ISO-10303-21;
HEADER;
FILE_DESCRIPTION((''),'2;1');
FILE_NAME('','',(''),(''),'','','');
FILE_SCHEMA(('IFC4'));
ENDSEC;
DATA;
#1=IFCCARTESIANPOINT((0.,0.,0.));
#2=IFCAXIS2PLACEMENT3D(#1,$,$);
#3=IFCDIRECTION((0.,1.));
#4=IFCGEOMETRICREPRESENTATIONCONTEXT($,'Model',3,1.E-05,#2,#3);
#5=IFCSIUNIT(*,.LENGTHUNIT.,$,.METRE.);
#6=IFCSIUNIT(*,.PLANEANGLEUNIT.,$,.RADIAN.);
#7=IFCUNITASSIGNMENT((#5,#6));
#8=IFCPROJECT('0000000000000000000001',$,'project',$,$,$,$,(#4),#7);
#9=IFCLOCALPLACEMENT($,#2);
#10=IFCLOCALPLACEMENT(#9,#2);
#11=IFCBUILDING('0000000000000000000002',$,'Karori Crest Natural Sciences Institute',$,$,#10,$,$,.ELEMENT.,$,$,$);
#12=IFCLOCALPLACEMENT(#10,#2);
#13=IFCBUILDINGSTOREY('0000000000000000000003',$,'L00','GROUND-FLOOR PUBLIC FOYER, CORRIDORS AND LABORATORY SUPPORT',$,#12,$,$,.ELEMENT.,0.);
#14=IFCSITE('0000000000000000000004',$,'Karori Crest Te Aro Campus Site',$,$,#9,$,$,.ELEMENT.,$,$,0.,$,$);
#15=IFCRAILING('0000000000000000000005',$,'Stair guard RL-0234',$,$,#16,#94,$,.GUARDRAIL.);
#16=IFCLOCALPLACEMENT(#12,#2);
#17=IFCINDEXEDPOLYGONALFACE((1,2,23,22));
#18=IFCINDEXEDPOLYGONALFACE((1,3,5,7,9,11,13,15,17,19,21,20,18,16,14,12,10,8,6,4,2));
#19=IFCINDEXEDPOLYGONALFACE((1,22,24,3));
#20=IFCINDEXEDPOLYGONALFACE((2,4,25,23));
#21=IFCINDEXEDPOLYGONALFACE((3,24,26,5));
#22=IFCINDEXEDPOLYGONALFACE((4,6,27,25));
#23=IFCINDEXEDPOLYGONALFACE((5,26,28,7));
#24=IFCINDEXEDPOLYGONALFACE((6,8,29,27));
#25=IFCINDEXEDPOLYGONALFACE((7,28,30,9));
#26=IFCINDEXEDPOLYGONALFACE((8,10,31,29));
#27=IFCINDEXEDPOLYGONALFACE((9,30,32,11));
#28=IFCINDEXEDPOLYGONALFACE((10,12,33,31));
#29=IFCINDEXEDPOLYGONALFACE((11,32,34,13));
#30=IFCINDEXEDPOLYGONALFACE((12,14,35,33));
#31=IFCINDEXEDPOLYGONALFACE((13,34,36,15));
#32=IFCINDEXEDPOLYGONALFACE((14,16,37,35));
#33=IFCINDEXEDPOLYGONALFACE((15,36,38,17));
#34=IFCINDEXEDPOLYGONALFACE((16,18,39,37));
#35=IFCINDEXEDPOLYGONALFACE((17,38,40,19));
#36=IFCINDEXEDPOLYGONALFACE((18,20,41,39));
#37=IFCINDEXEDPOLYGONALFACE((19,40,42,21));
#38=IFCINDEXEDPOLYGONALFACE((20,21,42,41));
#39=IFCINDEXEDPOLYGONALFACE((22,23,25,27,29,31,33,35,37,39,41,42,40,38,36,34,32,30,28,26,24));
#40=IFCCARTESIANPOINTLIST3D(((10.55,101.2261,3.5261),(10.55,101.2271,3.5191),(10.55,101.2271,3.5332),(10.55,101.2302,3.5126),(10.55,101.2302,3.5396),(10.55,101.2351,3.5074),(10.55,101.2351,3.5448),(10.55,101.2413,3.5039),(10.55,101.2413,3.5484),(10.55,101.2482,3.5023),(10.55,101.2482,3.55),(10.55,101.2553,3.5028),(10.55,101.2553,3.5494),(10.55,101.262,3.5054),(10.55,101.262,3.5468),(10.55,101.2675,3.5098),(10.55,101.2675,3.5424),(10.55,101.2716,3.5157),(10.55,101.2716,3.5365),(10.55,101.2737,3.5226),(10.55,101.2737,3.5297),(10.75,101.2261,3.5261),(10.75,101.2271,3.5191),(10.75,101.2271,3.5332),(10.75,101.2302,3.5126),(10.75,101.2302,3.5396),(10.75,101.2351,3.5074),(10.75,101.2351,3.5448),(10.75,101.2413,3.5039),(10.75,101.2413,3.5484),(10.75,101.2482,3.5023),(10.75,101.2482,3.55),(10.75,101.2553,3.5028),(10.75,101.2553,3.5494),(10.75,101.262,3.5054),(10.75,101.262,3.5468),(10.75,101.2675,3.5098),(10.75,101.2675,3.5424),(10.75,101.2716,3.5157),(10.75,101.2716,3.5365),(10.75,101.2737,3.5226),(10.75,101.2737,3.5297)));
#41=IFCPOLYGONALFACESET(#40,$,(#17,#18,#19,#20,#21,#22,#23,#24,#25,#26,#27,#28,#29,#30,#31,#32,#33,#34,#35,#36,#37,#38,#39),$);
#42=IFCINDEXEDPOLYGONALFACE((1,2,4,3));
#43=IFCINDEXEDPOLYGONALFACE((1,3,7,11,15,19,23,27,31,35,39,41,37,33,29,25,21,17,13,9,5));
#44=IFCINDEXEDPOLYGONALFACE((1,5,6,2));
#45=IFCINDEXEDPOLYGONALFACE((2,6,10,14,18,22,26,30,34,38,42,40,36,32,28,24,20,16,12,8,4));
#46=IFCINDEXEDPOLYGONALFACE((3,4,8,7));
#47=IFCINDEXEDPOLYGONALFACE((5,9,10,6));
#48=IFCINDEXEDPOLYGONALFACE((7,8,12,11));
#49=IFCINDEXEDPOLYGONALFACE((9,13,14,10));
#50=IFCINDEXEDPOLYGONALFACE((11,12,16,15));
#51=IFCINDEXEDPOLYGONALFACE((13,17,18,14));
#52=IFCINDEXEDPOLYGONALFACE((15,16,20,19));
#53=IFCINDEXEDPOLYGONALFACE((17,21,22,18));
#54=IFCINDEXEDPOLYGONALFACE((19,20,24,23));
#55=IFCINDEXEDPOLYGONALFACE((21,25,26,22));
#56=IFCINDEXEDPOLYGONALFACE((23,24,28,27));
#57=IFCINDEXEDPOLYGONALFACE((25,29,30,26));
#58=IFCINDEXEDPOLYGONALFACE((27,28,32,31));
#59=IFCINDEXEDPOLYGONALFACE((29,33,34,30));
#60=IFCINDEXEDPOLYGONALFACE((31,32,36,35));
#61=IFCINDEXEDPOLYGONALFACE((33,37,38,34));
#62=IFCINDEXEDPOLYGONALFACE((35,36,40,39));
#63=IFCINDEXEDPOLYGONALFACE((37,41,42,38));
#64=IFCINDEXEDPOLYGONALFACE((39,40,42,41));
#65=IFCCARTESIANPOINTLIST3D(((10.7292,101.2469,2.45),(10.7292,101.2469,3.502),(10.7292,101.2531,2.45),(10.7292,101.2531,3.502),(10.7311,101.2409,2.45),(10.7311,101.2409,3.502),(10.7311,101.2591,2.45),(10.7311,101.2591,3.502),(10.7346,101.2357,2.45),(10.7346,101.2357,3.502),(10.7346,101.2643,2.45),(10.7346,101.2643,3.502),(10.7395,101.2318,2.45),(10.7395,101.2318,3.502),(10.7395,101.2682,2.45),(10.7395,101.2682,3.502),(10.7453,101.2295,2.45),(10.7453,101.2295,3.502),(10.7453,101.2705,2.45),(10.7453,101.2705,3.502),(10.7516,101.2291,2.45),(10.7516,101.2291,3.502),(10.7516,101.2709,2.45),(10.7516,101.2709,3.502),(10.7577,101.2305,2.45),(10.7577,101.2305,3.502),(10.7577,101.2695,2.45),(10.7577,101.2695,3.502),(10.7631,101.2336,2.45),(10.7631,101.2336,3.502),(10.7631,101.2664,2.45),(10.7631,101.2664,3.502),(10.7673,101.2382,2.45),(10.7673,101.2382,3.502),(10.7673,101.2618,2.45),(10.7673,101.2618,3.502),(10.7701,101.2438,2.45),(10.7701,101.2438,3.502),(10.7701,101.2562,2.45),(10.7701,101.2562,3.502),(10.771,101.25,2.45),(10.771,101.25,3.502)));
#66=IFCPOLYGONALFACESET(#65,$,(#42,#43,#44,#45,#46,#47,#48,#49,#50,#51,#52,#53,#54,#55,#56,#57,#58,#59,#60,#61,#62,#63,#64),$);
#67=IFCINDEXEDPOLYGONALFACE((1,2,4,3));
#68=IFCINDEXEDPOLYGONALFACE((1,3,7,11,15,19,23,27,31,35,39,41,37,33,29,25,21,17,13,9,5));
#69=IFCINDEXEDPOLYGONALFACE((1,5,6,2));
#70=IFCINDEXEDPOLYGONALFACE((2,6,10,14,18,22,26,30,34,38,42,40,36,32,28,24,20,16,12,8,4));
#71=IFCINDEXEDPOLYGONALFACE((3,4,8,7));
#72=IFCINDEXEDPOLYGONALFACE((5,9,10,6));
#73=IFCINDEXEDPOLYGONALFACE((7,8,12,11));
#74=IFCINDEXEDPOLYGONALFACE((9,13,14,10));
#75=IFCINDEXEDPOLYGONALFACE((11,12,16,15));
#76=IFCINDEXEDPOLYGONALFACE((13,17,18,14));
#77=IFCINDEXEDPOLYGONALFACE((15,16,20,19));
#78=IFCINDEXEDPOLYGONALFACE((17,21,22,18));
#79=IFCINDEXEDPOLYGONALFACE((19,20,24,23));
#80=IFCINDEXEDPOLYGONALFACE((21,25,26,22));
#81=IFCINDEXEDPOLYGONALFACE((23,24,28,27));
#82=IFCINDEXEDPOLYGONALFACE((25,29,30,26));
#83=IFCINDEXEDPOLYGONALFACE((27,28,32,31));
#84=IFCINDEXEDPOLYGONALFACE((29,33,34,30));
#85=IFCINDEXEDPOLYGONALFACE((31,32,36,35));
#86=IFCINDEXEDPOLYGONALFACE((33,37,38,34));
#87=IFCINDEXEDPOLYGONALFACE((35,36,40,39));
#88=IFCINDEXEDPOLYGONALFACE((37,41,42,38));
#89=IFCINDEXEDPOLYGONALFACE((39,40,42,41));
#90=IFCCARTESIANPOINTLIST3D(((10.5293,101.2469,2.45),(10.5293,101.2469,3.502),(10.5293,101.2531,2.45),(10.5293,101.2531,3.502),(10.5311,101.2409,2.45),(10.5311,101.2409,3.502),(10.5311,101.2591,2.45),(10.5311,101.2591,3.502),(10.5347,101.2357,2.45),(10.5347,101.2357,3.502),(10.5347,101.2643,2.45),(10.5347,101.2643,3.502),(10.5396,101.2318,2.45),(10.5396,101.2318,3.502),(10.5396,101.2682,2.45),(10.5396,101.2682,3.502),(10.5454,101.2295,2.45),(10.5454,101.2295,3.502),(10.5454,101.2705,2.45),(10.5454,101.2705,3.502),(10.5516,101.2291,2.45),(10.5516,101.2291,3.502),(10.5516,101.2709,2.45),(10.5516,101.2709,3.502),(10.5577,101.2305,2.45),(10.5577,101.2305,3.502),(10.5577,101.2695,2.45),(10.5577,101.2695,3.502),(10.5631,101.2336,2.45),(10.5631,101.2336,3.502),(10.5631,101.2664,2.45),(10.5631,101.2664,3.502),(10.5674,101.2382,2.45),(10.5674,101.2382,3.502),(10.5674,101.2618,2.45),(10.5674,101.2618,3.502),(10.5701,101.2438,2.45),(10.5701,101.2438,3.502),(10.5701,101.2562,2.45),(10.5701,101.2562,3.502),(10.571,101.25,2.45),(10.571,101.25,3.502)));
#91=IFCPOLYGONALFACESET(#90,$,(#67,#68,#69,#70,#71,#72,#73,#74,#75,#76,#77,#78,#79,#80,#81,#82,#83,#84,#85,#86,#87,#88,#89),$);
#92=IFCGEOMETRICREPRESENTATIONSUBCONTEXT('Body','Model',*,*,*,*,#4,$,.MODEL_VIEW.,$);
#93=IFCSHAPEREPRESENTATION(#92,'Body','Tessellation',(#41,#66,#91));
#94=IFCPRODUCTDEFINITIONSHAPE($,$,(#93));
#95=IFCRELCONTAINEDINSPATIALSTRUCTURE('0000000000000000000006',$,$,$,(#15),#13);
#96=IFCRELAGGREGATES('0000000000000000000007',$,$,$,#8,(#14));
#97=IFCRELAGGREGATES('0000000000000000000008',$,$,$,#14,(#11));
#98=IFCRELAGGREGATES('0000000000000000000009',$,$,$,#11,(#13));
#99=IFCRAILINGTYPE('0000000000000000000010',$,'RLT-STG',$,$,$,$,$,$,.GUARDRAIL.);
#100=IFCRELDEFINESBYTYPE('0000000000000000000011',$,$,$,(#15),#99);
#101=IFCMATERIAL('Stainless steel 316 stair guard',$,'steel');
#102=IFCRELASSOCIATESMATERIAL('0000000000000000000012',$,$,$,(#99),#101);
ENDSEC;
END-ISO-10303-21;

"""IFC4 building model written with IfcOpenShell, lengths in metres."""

from ifc_helpers import new_model, si_unit, direction, frame, origin, origin_2d, place, context, subcontext, project, spatial, circle, extrude, material, type_object, element, save


model = new_model("IFC4")

# Units and contexts
model_context = context("Model", 3, precision=1e-05, world=origin(), true_north=direction((0.0, 1.0)))
body_context = subcontext(model_context, "Body", "Model", "MODEL_VIEW")
ifc_project = project(units=[si_unit("LENGTHUNIT", "METRE"), si_unit("PLANEANGLEUNIT", "RADIAN")], contexts=[model_context])

# Site, building, storey
site_placement = place(None, origin())
site = spatial("IfcSite", under=ifc_project, at=site_placement, Name="Karori Crest Te Aro Campus Site", CompositionType="ELEMENT", RefElevation=0.0)
building_placement = place(site_placement, origin())
building = spatial("IfcBuilding", under=site, at=building_placement, Name="Karori Crest Natural Sciences Institute", CompositionType="ELEMENT")
storey_placement = place(building_placement, origin())
storey = spatial("IfcBuildingStorey", under=building, at=storey_placement, Name="L00", Description="GROUND-FLOOR PUBLIC FOYER, CORRIDORS AND LABORATORY SUPPORT", CompositionType="ELEMENT", Elevation=0.0)

# Railing
ifc_material_1 = material(Name="Stainless steel 316 stair guard", Category="steel")
railing_type_1 = type_object("IfcRailingType", Name="RLT-STG", PredefinedType="GUARDRAIL", material=ifc_material_1)
railing_1_placement = place(storey_placement, frame((10.75, 101.25, 2.45)))
element("IfcRailing", 1, at=railing_1_placement, inside=storey, type_object=railing_type_1, Name="Stair guard RL-0234", PredefinedType="GUARDRAIL", context=body_context, shape_type="SweptSolid", body=[
    extrude(circle(Radius=0.0239, at=origin_2d()), frame((0.0, 0.0, 1.0762), z_axis=(-1.0, 0.0, 0.0), x_axis=(0.0, -1.0, 0.0)), (0.0, 0.0, 1.0), 0.2),
    extrude(circle(Radius=0.021, at=origin_2d()), origin(), (0.0, 0.0, 1.0), 1.052),
    extrude(circle(Radius=0.021, at=origin_2d()), frame((-0.2, 0.0, 0.0)), (0.0, 0.0, 1.0), 1.052),
])

save(model, "model.ifc")
